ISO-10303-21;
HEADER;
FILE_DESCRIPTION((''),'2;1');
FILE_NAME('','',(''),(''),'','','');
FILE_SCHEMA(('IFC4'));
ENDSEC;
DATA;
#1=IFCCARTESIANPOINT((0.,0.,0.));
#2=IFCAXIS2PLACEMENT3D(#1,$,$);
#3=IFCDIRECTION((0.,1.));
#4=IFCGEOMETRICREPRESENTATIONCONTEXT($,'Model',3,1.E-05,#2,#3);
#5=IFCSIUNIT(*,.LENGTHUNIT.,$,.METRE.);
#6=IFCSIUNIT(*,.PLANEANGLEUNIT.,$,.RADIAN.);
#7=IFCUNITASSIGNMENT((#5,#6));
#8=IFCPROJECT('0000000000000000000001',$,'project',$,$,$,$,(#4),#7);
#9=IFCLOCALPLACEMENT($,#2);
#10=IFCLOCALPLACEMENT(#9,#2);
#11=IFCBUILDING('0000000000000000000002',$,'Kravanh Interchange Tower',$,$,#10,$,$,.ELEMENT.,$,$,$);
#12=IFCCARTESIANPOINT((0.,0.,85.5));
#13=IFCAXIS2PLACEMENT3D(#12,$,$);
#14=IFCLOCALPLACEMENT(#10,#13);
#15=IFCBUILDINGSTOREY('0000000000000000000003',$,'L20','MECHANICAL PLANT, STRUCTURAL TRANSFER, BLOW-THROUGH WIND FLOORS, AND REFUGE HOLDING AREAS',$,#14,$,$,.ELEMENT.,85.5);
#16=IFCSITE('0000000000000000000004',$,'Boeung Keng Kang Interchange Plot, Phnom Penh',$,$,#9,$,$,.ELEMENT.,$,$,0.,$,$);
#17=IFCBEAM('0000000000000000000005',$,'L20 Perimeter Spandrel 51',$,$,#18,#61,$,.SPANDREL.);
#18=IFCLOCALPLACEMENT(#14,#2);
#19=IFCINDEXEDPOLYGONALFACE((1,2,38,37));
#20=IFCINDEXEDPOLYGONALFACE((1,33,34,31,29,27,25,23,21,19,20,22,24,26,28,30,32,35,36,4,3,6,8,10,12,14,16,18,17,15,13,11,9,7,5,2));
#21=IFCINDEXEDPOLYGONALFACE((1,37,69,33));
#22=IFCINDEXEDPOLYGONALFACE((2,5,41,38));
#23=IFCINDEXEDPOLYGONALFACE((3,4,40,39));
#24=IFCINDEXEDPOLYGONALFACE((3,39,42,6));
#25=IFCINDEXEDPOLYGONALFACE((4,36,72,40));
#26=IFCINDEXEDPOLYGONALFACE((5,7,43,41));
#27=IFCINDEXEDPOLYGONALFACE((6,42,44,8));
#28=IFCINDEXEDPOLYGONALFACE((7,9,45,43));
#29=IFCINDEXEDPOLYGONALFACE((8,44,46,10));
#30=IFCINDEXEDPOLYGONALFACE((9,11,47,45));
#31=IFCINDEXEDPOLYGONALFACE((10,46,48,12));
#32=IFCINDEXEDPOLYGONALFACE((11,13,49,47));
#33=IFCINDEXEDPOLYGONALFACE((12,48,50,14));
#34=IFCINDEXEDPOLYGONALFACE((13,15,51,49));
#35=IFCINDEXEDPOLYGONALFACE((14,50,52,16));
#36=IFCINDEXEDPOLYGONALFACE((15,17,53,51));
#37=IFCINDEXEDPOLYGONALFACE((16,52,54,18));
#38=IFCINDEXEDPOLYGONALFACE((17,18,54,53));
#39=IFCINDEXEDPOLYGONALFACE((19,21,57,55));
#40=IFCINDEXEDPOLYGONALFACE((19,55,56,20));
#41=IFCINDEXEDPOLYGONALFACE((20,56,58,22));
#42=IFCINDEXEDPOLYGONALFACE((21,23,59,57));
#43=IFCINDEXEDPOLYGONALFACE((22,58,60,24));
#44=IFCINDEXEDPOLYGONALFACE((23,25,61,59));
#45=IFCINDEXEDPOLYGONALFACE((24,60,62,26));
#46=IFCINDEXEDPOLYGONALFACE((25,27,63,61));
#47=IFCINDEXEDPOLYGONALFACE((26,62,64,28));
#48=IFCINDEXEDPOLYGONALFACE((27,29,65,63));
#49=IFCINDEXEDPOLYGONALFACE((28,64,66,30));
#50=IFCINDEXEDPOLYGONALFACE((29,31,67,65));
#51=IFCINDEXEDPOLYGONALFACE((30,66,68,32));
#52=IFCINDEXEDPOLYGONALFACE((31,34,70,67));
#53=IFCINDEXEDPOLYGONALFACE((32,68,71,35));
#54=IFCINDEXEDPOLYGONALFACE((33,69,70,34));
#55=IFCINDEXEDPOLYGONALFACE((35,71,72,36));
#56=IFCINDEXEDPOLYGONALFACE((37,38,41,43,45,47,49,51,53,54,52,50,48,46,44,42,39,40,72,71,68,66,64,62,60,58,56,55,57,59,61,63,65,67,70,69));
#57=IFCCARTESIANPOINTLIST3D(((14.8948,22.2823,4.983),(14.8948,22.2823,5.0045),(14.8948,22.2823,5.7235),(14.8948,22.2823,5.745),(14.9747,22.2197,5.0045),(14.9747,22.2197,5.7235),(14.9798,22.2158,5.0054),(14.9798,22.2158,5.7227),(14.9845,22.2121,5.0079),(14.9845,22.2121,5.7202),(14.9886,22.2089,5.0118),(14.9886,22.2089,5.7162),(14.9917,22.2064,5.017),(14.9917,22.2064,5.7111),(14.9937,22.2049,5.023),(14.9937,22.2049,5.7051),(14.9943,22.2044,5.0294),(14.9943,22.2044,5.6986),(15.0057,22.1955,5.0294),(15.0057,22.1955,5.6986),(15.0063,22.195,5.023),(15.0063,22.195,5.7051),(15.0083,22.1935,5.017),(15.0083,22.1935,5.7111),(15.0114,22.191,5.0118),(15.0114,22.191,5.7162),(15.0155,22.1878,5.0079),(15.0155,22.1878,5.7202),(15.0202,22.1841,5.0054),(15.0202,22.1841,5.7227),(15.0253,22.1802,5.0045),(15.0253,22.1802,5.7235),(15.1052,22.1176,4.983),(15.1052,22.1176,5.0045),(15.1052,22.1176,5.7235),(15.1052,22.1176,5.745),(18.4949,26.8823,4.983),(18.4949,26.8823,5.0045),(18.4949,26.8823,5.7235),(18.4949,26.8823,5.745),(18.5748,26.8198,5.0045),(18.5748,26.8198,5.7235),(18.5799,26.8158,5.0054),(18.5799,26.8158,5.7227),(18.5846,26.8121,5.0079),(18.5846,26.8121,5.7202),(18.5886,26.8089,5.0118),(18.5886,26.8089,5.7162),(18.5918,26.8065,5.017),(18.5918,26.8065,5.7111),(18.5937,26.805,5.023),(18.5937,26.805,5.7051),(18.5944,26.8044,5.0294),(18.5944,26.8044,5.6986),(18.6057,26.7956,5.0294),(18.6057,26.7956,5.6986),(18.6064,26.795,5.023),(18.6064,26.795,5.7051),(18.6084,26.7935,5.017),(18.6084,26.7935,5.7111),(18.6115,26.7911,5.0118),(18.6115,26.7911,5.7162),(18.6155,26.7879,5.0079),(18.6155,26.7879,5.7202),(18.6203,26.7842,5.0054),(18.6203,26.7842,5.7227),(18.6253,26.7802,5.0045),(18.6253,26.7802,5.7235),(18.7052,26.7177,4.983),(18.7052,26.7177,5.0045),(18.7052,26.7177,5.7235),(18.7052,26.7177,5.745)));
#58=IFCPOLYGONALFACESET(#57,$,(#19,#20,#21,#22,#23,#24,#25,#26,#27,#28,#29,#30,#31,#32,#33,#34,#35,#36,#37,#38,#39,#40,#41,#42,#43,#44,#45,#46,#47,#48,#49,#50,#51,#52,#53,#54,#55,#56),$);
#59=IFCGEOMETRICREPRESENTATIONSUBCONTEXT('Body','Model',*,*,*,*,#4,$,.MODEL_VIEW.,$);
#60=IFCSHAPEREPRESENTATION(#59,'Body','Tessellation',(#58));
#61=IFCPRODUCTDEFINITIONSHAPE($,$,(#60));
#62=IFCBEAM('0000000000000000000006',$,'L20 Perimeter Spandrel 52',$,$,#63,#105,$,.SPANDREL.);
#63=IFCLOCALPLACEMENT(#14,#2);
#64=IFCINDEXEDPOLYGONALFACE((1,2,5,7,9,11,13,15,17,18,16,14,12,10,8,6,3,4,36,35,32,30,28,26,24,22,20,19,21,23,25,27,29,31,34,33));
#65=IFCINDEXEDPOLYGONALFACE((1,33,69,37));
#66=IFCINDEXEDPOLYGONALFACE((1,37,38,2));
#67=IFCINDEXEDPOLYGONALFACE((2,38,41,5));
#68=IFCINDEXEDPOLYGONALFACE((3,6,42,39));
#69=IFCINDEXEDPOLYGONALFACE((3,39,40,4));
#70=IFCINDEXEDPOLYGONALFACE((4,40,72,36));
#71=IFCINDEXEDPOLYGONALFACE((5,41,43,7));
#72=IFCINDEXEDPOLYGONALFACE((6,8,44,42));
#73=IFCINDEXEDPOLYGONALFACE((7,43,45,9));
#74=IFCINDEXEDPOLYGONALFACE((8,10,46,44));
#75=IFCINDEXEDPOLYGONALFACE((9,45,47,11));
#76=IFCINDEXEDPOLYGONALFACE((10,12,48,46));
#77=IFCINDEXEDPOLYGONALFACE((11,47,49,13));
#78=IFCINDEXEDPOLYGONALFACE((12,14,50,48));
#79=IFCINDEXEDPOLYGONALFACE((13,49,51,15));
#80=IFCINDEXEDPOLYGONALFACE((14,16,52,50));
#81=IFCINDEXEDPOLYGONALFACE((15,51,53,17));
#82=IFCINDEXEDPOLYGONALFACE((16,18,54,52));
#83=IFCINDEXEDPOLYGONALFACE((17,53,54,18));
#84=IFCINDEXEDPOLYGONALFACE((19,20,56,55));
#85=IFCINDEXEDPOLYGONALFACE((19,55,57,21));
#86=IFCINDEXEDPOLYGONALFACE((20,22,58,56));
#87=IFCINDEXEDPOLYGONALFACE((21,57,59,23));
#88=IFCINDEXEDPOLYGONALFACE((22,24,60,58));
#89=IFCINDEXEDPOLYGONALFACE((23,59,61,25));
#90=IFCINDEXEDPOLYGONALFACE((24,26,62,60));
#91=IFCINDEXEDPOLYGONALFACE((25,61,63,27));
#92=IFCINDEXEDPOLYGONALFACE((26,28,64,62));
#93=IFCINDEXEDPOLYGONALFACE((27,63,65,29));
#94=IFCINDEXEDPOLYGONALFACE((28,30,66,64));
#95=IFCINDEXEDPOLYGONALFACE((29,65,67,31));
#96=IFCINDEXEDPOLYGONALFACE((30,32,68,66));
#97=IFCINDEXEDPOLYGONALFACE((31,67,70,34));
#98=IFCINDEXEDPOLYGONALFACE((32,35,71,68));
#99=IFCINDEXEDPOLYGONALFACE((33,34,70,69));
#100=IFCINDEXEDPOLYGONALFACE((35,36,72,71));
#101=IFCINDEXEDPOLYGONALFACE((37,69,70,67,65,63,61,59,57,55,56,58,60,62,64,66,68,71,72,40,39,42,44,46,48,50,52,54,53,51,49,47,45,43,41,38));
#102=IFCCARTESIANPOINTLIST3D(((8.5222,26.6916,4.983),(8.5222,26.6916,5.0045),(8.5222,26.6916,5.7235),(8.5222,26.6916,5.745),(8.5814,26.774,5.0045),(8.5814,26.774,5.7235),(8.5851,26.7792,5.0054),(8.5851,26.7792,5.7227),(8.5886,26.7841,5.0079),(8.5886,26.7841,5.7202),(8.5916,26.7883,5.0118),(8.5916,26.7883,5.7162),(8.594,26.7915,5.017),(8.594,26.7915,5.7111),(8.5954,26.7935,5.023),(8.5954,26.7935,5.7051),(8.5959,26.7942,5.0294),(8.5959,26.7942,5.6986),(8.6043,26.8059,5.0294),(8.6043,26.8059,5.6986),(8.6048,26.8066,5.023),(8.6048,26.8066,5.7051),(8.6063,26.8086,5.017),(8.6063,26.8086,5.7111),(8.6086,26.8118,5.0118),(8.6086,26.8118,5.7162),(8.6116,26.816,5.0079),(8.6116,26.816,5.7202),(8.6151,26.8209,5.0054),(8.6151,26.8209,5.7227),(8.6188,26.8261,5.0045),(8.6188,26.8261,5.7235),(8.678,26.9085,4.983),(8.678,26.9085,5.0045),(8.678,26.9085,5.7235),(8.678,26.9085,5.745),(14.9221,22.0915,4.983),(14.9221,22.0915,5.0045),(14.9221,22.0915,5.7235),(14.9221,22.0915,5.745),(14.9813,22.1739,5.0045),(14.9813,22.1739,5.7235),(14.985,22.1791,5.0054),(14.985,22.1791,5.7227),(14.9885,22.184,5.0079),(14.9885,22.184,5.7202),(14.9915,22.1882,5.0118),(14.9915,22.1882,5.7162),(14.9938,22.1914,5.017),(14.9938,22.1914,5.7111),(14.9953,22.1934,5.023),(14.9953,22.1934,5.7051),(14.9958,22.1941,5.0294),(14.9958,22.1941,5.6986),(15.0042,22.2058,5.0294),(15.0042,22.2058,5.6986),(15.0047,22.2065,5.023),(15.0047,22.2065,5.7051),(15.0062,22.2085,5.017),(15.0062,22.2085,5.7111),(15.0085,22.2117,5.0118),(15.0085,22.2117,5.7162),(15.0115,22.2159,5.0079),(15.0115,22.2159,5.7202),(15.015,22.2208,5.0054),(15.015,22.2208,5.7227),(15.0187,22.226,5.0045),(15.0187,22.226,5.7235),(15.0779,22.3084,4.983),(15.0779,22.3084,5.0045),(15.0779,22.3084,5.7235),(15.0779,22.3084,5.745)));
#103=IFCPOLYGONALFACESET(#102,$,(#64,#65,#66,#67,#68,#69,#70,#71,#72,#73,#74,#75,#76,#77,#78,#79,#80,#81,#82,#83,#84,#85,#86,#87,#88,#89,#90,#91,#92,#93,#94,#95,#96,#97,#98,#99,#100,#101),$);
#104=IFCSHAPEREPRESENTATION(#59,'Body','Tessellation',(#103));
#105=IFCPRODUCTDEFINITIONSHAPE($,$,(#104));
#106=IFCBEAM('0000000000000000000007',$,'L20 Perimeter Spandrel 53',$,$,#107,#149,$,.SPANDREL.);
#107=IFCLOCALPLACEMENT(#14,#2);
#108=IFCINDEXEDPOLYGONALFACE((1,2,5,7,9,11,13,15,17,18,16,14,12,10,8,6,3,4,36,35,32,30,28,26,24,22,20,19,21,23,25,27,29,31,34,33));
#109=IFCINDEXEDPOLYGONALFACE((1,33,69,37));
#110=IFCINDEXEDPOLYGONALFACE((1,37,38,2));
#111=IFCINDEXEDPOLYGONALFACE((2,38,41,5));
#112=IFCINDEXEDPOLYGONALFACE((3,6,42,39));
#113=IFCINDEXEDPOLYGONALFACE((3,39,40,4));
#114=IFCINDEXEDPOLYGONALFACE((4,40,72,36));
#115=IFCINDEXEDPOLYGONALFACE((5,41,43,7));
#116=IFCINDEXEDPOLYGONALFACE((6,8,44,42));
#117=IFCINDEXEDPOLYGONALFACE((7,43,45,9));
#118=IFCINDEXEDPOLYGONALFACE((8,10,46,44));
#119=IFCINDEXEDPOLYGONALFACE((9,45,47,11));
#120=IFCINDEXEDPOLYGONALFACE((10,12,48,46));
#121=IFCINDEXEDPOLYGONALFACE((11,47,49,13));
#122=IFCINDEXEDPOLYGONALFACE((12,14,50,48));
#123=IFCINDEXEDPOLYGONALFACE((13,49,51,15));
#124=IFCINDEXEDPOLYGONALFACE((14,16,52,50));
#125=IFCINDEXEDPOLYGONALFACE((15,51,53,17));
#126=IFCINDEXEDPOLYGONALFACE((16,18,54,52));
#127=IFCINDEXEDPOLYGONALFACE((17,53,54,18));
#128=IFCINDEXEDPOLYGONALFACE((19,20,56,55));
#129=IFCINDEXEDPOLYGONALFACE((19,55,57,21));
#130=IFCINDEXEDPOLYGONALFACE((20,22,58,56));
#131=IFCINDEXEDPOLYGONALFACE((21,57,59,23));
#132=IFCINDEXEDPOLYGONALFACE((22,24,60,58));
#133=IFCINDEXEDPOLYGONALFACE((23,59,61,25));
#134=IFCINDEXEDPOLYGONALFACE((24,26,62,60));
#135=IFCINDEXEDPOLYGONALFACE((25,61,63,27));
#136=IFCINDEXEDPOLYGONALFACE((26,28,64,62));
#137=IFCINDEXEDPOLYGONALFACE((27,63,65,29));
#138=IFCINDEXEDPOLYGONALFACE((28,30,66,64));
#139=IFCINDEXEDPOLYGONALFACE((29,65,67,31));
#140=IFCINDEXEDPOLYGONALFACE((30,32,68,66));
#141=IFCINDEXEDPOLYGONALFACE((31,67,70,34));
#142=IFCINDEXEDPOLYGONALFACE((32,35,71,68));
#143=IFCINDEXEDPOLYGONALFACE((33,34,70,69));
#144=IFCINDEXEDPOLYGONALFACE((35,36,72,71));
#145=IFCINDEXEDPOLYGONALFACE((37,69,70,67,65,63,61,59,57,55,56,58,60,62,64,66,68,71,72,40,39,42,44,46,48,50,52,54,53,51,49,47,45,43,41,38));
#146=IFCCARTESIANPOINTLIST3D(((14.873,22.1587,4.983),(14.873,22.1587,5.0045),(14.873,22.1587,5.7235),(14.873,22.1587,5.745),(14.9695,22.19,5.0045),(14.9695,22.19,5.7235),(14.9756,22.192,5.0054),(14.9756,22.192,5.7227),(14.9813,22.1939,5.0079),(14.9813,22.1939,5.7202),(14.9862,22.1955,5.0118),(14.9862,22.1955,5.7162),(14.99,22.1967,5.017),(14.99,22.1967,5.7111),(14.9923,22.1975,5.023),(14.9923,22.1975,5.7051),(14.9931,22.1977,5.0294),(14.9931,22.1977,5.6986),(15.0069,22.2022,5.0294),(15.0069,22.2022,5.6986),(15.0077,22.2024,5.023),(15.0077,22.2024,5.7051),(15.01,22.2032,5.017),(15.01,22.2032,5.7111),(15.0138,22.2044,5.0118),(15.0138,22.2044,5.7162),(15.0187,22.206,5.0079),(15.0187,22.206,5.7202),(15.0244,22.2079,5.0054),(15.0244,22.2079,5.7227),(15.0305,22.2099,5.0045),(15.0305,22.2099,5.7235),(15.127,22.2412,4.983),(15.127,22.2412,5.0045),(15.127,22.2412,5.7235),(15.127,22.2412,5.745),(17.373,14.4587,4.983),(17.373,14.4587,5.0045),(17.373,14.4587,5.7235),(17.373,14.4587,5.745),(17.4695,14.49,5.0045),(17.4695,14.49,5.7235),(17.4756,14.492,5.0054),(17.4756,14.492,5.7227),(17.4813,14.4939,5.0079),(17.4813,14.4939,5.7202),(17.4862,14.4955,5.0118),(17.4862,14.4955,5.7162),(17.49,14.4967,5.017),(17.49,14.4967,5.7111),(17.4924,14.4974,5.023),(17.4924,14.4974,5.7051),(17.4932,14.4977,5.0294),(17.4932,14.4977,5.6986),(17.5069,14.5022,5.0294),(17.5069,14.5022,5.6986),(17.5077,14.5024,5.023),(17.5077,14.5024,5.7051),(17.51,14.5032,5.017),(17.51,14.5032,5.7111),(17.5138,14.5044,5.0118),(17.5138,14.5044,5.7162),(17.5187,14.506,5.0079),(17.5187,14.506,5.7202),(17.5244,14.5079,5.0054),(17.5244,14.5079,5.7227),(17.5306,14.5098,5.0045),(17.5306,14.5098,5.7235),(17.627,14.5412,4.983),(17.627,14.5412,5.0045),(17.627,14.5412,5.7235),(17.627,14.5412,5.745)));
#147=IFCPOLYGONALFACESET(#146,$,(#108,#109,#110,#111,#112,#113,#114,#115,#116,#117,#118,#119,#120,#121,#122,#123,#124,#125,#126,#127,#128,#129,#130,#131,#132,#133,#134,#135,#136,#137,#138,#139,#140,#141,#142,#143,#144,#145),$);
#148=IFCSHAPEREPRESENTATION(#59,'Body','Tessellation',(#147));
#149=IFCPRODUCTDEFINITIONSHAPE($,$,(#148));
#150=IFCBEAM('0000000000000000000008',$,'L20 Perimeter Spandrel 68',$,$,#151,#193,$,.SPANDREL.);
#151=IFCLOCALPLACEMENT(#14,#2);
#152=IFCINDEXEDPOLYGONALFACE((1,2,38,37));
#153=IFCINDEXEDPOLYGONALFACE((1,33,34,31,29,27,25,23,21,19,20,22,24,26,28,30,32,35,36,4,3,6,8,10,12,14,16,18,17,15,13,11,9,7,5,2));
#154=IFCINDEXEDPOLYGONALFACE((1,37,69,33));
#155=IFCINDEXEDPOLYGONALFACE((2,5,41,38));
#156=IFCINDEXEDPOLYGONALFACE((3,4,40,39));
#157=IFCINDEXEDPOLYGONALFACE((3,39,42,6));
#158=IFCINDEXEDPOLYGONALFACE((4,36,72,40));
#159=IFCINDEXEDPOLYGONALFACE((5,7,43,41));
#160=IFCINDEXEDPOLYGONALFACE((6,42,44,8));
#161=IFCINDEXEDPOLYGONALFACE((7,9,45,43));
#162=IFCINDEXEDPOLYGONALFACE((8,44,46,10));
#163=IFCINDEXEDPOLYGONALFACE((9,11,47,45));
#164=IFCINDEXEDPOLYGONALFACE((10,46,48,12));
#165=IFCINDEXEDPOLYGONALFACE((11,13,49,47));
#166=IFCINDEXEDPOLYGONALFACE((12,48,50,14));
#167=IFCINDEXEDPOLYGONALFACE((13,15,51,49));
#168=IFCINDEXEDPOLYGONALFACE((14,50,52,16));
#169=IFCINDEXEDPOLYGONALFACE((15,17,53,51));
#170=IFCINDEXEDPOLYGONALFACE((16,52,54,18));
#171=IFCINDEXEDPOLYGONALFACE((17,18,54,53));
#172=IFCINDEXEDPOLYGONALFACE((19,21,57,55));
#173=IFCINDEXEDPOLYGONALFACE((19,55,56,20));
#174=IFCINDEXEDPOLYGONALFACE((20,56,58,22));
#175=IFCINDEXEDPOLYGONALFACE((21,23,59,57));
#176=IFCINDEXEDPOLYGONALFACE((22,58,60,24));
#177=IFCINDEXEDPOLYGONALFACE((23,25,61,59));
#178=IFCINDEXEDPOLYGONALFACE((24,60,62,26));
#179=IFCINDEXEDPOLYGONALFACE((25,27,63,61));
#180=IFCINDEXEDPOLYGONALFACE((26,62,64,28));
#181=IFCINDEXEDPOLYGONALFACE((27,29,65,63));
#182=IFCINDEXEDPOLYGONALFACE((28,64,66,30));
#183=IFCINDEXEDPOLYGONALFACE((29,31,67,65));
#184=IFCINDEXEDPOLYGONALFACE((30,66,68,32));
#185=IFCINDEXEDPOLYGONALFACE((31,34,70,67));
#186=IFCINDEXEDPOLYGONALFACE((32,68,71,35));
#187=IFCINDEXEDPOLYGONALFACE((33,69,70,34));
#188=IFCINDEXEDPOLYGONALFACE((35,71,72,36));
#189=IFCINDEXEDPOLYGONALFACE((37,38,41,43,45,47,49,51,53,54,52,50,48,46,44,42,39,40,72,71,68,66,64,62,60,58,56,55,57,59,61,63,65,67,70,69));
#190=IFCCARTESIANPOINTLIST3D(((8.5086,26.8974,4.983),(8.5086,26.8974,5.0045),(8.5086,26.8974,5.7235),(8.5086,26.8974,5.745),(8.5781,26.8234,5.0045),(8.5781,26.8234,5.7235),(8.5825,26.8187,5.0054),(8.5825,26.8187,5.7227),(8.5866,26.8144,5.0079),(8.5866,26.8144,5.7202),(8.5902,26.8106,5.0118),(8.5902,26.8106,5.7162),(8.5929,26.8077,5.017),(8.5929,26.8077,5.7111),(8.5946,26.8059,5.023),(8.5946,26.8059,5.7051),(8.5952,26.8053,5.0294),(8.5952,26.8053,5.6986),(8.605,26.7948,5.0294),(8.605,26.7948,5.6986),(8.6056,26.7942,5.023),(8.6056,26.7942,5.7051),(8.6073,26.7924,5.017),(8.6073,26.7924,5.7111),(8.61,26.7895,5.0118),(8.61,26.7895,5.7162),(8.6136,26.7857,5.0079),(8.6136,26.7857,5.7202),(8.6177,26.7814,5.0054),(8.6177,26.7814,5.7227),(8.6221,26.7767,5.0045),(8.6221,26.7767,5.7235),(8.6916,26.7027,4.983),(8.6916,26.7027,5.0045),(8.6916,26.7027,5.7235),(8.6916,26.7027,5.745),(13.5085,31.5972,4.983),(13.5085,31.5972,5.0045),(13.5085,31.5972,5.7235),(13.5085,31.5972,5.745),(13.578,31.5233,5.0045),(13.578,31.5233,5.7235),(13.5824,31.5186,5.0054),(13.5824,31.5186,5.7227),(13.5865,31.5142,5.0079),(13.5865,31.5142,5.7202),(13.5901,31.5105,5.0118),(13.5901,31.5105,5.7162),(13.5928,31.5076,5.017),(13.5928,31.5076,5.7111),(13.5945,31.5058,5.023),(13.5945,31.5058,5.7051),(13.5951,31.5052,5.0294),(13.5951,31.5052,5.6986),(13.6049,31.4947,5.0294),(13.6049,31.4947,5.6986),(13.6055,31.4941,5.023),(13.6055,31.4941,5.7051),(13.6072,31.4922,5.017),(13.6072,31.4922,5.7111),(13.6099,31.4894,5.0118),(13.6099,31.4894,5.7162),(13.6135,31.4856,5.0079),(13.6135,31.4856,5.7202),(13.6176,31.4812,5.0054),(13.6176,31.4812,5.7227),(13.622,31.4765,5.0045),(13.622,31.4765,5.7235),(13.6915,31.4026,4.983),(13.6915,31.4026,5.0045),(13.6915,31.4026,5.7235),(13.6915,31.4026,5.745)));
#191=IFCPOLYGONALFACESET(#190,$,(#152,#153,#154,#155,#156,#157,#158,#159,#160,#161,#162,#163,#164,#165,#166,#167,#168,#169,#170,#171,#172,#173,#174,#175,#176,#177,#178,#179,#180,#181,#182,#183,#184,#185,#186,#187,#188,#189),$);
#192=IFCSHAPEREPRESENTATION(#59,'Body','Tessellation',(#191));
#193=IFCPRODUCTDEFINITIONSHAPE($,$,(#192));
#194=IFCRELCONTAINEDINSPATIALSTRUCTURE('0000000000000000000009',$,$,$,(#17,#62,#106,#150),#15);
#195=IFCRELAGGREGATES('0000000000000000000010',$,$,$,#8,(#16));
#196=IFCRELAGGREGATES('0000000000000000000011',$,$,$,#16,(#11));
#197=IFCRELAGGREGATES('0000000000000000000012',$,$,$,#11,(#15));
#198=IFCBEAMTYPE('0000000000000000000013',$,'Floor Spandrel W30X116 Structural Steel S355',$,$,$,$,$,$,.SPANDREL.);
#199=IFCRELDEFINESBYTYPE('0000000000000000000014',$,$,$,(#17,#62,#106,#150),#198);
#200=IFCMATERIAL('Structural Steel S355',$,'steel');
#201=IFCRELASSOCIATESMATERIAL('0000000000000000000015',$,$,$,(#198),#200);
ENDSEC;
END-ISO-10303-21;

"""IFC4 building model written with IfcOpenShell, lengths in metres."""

from ifc_helpers import new_model, si_unit, direction, frame, origin, origin_2d, place, context, subcontext, project, spatial, i_section, extrude, material, material_profile, profile_set, type_object, element, save


model = new_model("IFC4")

# Units and contexts
model_context = context("Model", 3, precision=1e-05, world=origin(), true_north=direction((0.0, 1.0)))
body_context = subcontext(model_context, "Body", "Model", "MODEL_VIEW")
ifc_project = project(units=[si_unit("LENGTHUNIT", "METRE"), si_unit("PLANEANGLEUNIT", "RADIAN")], contexts=[model_context])

# Site, building, storey
site_placement = place(None, origin())
site = spatial("IfcSite", under=ifc_project, at=site_placement, Name="Boeung Keng Kang Interchange Plot, Phnom Penh", CompositionType="ELEMENT", RefElevation=0.0)
building_placement = place(site_placement, origin())
building = spatial("IfcBuilding", under=site, at=building_placement, Name="Kravanh Interchange Tower", CompositionType="ELEMENT")
storey_placement = place(building_placement, frame((0.0, 0.0, 85.5)))
storey = spatial("IfcBuildingStorey", under=building, at=storey_placement, Name="L20", Description="MECHANICAL PLANT, STRUCTURAL TRANSFER, BLOW-THROUGH WIND FLOORS, AND REFUGE HOLDING AREAS", CompositionType="ELEMENT", Elevation=85.5)

# Beams
ifc_material_1 = material(Name="Structural Steel S355", Category="steel")
ifc_material_profile_1 = material_profile(ifc_material_1, i_section(OverallWidth=0.2671, OverallDepth=0.762, WebThickness=0.0144, FlangeThickness=0.0215, FilletRadius=0.0249, at=origin_2d()), Name="W30X116")
ifc_profile_set_1 = profile_set([ifc_material_profile_1], Name="Structural Steel S355")
beam_type_1 = type_object("IfcBeamType", Name="Floor Spandrel W30X116 Structural Steel S355", PredefinedType="SPANDREL", material=ifc_profile_set_1)
beam_1_placement = place(storey_placement, frame((15.0, 22.2, 5.364), z_axis=(0.616311, 0.787503, 0.0), x_axis=(-0.787503, 0.616311, 0.0)))
element("IfcBeam", 1, at=beam_1_placement, inside=storey, type_object=beam_type_1, Name="L20 Perimeter Spandrel 51", PredefinedType="SPANDREL", context=body_context, shape_type="SweptSolid", body=[
    extrude(i_section(OverallWidth=0.2671, OverallDepth=0.762, WebThickness=0.0144, FlangeThickness=0.0215, FilletRadius=0.0249, at=origin_2d()), origin(), (0.0, 0.0, 1.0), 5.8413),
])
beam_2_placement = place(storey_placement, frame((15.0, 22.2, 5.364), z_axis=(-0.812005, 0.58365, 0.0), x_axis=(-0.58365, -0.812005, 0.0)))
element("IfcBeam", 2, at=beam_2_placement, inside=storey, type_object=beam_type_1, Name="L20 Perimeter Spandrel 52", PredefinedType="SPANDREL", context=body_context, shape_type="SweptSolid", body=[
    extrude(i_section(OverallWidth=0.2671, OverallDepth=0.762, WebThickness=0.0144, FlangeThickness=0.0215, FilletRadius=0.0249, at=origin_2d()), origin(), (0.0, 0.0, 1.0), 7.8816),
])
beam_3_placement = place(storey_placement, frame((15.0, 22.2, 5.364), z_axis=(0.308809, -0.951124, 0.0), x_axis=(0.951124, 0.308809, 0.0)))
element("IfcBeam", 3, at=beam_3_placement, inside=storey, type_object=beam_type_1, Name="L20 Perimeter Spandrel 53", PredefinedType="SPANDREL", context=body_context, shape_type="SweptSolid", body=[
    extrude(i_section(OverallWidth=0.2671, OverallDepth=0.762, WebThickness=0.0144, FlangeThickness=0.0215, FilletRadius=0.0249, at=origin_2d()), origin(), (0.0, 0.0, 1.0), 8.0957),
])
beam_4_placement = place(storey_placement, frame((8.6001, 26.8, 5.364), z_axis=(0.728631, 0.684906, 0.0), x_axis=(-0.684906, 0.728631, 0.0)))
element("IfcBeam", 4, at=beam_4_placement, inside=storey, type_object=beam_type_1, Name="L20 Perimeter Spandrel 68", PredefinedType="SPANDREL", context=body_context, shape_type="SweptSolid", body=[
    extrude(i_section(OverallWidth=0.2671, OverallDepth=0.762, WebThickness=0.0144, FlangeThickness=0.0215, FilletRadius=0.0249, at=origin_2d()), origin(), (0.0, 0.0, 1.0), 6.8621),
])

save(model, "model.ifc")
